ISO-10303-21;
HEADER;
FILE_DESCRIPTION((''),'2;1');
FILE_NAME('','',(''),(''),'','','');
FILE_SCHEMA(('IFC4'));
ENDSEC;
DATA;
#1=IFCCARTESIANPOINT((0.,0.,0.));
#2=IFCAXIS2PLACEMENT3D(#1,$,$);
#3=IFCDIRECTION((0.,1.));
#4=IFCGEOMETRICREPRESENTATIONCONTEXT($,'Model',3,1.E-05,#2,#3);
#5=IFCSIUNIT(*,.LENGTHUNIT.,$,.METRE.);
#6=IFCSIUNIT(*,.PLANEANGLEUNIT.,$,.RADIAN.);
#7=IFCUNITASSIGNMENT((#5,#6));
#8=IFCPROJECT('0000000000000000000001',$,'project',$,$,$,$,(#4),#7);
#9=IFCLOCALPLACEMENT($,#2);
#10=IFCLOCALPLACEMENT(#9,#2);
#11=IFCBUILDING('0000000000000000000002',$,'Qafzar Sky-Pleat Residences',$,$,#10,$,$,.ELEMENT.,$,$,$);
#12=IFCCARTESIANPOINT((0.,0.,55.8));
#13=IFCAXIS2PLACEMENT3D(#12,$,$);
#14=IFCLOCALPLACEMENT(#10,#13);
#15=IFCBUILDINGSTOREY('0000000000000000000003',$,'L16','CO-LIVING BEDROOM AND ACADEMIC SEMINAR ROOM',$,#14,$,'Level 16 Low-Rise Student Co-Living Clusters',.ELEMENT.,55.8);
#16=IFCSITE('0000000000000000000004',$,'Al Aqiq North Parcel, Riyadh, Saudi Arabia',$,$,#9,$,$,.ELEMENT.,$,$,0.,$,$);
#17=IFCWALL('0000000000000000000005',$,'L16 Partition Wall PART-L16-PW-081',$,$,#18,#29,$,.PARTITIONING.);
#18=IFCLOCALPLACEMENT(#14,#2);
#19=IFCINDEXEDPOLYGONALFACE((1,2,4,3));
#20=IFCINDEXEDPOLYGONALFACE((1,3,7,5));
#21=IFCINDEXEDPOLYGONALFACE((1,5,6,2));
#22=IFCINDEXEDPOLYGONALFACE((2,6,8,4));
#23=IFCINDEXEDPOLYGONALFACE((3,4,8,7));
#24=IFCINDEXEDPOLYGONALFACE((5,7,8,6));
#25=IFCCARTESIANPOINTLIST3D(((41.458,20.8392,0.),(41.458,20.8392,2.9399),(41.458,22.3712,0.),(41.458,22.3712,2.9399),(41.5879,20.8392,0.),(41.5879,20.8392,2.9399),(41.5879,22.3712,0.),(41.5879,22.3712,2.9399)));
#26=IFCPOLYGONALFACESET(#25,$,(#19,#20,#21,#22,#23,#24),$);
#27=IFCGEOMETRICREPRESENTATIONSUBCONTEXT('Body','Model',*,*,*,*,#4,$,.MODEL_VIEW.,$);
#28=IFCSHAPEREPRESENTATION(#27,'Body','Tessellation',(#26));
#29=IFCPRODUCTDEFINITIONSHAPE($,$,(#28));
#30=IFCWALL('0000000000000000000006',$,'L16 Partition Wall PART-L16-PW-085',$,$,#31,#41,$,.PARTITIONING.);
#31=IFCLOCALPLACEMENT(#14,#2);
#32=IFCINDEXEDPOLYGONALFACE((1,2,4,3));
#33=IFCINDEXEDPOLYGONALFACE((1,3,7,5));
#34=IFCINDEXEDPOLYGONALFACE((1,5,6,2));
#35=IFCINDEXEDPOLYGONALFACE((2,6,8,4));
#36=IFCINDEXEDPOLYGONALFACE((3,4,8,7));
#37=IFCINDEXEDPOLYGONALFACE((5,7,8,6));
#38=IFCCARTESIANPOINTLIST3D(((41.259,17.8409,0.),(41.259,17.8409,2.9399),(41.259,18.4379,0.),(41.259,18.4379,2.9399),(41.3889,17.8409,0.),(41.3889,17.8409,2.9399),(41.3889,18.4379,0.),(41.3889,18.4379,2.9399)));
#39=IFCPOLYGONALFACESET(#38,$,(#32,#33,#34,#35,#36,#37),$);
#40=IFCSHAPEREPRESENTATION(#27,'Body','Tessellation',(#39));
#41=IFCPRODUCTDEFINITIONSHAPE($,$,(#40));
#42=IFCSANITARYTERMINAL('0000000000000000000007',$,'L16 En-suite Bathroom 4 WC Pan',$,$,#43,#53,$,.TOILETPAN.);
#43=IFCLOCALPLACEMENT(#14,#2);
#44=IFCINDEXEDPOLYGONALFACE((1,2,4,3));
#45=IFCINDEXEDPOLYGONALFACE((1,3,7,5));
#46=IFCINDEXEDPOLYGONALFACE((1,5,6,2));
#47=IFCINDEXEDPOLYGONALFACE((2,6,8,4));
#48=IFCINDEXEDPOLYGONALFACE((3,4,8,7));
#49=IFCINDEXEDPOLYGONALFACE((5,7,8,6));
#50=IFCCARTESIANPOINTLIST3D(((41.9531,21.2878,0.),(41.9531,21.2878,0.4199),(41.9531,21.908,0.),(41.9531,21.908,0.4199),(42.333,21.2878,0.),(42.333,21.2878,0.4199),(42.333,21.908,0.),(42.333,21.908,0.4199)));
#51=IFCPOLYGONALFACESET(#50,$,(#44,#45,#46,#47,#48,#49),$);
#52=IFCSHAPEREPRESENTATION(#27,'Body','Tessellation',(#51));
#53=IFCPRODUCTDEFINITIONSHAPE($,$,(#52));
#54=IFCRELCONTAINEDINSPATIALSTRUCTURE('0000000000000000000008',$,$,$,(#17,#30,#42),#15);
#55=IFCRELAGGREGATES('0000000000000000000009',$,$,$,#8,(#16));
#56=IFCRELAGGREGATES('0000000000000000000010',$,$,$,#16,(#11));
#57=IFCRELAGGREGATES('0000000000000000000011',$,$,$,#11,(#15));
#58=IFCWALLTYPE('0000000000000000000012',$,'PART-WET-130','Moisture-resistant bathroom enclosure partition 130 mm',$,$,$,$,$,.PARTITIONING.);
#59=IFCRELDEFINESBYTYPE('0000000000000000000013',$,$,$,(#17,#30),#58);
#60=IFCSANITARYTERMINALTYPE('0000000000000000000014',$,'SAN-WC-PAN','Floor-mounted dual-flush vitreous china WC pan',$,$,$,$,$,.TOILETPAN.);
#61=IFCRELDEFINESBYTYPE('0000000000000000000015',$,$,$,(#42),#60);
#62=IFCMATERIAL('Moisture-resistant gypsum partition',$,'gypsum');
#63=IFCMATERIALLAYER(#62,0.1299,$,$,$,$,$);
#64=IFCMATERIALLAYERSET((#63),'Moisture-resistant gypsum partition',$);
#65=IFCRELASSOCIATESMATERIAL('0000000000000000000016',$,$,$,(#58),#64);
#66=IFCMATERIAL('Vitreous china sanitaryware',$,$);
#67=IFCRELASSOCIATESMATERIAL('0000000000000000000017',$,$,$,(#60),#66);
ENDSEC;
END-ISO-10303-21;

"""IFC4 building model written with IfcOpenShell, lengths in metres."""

from ifc_helpers import new_model, si_unit, direction, frame, frame_2d, origin, origin_2d, place, context, subcontext, project, spatial, rectangle, extrude, source, transform, mapped, material, layer, layer_set, type_object, element, save


model = new_model("IFC4")

# Units and contexts
model_context = context("Model", 3, precision=1e-05, world=origin(), true_north=direction((0.0, 1.0)))
body_context = subcontext(model_context, "Body", "Model", "MODEL_VIEW")
ifc_project = project(units=[si_unit("LENGTHUNIT", "METRE"), si_unit("PLANEANGLEUNIT", "RADIAN")], contexts=[model_context])

# Site, building, storey
site_placement = place(None, origin())
site = spatial("IfcSite", under=ifc_project, at=site_placement, Name="Al Aqiq North Parcel, Riyadh, Saudi Arabia", CompositionType="ELEMENT", RefElevation=0.0)
building_placement = place(site_placement, origin())
building = spatial("IfcBuilding", under=site, at=building_placement, Name="Qafzar Sky-Pleat Residences", CompositionType="ELEMENT")
storey_placement = place(building_placement, frame((0.0, 0.0, 55.8)))
storey = spatial("IfcBuildingStorey", under=building, at=storey_placement, Name="L16", Description="CO-LIVING BEDROOM AND ACADEMIC SEMINAR ROOM", LongName="Level 16 Low-Rise Student Co-Living Clusters", CompositionType="ELEMENT", Elevation=55.8)

# Walls
ifc_material_1 = material(Name="Moisture-resistant gypsum partition", Category="gypsum")
ifc_layer_1 = layer(ifc_material_1, 0.1299)
ifc_layer_set_1 = layer_set([ifc_layer_1], Name="Moisture-resistant gypsum partition")
wall_type_1 = type_object("IfcWallType", Name="PART-WET-130", Description="Moisture-resistant bathroom enclosure partition 130 mm", PredefinedType="PARTITIONING", material=ifc_layer_set_1)
wall_1_placement = place(storey_placement, frame((41.5229, 20.8391, 0.0), z_axis=(0.0, 0.0, 1.0), x_axis=(0.0, 1.0, 0.0)))
element("IfcWall", 1, at=wall_1_placement, inside=storey, type_object=wall_type_1, Name="L16 Partition Wall PART-L16-PW-081", PredefinedType="PARTITIONING", context=body_context, shape_type="SweptSolid", body=[
    extrude(rectangle(XDim=1.532, YDim=0.1299, at=frame_2d((0.7661, 0.0))), origin(), (0.0, 0.0, 1.0), 2.9399),
])
wall_2_placement = place(storey_placement, frame((41.324, 17.8411, 0.0), z_axis=(0.0, 0.0, 1.0), x_axis=(0.0, 1.0, 0.0)))
element("IfcWall", 2, at=wall_2_placement, inside=storey, type_object=wall_type_1, Name="L16 Partition Wall PART-L16-PW-085", PredefinedType="PARTITIONING", context=body_context, shape_type="SweptSolid", body=[
    extrude(rectangle(XDim=0.5969, YDim=0.1299, at=frame_2d((0.2983, 0.0))), origin(), (0.0, 0.0, 1.0), 2.9399),
])

# Sanitary terminal
ifc_material_2 = material(Name="Vitreous china sanitaryware")
sanitary_terminal_type = type_object("IfcSanitaryTerminalType", Name="SAN-WC-PAN", Description="Floor-mounted dual-flush vitreous china WC pan", PredefinedType="TOILETPAN", material=ifc_material_2)
shared_shape_1 = source(origin(), body_context, "Body", "SweptSolid", [
    extrude(rectangle(XDim=0.3799, YDim=0.6201, at=origin_2d()), origin(), (0.0, 0.0, 1.0), 0.4199),
])
sanitary_terminal_placement = place(storey_placement, frame((42.1431, 21.5979, 0.0), z_axis=(0.0, 0.0, 1.0), x_axis=(1.0, 0.0, 0.0)))
element("IfcSanitaryTerminal", 3, at=sanitary_terminal_placement, inside=storey, type_object=sanitary_terminal_type, Name="L16 En-suite Bathroom 4 WC Pan", PredefinedType="TOILETPAN", context=body_context, shape_type="MappedRepresentation", body=[
    mapped(shared_shape_1, transform((0.0, 0.0, 0.0), x_axis=(1.0, 0.0, 0.0), y_axis=(0.0, 1.0, 0.0), z_axis=(0.0, 0.0, 1.0), scale=1.0)),
])

save(model, "model.ifc")
